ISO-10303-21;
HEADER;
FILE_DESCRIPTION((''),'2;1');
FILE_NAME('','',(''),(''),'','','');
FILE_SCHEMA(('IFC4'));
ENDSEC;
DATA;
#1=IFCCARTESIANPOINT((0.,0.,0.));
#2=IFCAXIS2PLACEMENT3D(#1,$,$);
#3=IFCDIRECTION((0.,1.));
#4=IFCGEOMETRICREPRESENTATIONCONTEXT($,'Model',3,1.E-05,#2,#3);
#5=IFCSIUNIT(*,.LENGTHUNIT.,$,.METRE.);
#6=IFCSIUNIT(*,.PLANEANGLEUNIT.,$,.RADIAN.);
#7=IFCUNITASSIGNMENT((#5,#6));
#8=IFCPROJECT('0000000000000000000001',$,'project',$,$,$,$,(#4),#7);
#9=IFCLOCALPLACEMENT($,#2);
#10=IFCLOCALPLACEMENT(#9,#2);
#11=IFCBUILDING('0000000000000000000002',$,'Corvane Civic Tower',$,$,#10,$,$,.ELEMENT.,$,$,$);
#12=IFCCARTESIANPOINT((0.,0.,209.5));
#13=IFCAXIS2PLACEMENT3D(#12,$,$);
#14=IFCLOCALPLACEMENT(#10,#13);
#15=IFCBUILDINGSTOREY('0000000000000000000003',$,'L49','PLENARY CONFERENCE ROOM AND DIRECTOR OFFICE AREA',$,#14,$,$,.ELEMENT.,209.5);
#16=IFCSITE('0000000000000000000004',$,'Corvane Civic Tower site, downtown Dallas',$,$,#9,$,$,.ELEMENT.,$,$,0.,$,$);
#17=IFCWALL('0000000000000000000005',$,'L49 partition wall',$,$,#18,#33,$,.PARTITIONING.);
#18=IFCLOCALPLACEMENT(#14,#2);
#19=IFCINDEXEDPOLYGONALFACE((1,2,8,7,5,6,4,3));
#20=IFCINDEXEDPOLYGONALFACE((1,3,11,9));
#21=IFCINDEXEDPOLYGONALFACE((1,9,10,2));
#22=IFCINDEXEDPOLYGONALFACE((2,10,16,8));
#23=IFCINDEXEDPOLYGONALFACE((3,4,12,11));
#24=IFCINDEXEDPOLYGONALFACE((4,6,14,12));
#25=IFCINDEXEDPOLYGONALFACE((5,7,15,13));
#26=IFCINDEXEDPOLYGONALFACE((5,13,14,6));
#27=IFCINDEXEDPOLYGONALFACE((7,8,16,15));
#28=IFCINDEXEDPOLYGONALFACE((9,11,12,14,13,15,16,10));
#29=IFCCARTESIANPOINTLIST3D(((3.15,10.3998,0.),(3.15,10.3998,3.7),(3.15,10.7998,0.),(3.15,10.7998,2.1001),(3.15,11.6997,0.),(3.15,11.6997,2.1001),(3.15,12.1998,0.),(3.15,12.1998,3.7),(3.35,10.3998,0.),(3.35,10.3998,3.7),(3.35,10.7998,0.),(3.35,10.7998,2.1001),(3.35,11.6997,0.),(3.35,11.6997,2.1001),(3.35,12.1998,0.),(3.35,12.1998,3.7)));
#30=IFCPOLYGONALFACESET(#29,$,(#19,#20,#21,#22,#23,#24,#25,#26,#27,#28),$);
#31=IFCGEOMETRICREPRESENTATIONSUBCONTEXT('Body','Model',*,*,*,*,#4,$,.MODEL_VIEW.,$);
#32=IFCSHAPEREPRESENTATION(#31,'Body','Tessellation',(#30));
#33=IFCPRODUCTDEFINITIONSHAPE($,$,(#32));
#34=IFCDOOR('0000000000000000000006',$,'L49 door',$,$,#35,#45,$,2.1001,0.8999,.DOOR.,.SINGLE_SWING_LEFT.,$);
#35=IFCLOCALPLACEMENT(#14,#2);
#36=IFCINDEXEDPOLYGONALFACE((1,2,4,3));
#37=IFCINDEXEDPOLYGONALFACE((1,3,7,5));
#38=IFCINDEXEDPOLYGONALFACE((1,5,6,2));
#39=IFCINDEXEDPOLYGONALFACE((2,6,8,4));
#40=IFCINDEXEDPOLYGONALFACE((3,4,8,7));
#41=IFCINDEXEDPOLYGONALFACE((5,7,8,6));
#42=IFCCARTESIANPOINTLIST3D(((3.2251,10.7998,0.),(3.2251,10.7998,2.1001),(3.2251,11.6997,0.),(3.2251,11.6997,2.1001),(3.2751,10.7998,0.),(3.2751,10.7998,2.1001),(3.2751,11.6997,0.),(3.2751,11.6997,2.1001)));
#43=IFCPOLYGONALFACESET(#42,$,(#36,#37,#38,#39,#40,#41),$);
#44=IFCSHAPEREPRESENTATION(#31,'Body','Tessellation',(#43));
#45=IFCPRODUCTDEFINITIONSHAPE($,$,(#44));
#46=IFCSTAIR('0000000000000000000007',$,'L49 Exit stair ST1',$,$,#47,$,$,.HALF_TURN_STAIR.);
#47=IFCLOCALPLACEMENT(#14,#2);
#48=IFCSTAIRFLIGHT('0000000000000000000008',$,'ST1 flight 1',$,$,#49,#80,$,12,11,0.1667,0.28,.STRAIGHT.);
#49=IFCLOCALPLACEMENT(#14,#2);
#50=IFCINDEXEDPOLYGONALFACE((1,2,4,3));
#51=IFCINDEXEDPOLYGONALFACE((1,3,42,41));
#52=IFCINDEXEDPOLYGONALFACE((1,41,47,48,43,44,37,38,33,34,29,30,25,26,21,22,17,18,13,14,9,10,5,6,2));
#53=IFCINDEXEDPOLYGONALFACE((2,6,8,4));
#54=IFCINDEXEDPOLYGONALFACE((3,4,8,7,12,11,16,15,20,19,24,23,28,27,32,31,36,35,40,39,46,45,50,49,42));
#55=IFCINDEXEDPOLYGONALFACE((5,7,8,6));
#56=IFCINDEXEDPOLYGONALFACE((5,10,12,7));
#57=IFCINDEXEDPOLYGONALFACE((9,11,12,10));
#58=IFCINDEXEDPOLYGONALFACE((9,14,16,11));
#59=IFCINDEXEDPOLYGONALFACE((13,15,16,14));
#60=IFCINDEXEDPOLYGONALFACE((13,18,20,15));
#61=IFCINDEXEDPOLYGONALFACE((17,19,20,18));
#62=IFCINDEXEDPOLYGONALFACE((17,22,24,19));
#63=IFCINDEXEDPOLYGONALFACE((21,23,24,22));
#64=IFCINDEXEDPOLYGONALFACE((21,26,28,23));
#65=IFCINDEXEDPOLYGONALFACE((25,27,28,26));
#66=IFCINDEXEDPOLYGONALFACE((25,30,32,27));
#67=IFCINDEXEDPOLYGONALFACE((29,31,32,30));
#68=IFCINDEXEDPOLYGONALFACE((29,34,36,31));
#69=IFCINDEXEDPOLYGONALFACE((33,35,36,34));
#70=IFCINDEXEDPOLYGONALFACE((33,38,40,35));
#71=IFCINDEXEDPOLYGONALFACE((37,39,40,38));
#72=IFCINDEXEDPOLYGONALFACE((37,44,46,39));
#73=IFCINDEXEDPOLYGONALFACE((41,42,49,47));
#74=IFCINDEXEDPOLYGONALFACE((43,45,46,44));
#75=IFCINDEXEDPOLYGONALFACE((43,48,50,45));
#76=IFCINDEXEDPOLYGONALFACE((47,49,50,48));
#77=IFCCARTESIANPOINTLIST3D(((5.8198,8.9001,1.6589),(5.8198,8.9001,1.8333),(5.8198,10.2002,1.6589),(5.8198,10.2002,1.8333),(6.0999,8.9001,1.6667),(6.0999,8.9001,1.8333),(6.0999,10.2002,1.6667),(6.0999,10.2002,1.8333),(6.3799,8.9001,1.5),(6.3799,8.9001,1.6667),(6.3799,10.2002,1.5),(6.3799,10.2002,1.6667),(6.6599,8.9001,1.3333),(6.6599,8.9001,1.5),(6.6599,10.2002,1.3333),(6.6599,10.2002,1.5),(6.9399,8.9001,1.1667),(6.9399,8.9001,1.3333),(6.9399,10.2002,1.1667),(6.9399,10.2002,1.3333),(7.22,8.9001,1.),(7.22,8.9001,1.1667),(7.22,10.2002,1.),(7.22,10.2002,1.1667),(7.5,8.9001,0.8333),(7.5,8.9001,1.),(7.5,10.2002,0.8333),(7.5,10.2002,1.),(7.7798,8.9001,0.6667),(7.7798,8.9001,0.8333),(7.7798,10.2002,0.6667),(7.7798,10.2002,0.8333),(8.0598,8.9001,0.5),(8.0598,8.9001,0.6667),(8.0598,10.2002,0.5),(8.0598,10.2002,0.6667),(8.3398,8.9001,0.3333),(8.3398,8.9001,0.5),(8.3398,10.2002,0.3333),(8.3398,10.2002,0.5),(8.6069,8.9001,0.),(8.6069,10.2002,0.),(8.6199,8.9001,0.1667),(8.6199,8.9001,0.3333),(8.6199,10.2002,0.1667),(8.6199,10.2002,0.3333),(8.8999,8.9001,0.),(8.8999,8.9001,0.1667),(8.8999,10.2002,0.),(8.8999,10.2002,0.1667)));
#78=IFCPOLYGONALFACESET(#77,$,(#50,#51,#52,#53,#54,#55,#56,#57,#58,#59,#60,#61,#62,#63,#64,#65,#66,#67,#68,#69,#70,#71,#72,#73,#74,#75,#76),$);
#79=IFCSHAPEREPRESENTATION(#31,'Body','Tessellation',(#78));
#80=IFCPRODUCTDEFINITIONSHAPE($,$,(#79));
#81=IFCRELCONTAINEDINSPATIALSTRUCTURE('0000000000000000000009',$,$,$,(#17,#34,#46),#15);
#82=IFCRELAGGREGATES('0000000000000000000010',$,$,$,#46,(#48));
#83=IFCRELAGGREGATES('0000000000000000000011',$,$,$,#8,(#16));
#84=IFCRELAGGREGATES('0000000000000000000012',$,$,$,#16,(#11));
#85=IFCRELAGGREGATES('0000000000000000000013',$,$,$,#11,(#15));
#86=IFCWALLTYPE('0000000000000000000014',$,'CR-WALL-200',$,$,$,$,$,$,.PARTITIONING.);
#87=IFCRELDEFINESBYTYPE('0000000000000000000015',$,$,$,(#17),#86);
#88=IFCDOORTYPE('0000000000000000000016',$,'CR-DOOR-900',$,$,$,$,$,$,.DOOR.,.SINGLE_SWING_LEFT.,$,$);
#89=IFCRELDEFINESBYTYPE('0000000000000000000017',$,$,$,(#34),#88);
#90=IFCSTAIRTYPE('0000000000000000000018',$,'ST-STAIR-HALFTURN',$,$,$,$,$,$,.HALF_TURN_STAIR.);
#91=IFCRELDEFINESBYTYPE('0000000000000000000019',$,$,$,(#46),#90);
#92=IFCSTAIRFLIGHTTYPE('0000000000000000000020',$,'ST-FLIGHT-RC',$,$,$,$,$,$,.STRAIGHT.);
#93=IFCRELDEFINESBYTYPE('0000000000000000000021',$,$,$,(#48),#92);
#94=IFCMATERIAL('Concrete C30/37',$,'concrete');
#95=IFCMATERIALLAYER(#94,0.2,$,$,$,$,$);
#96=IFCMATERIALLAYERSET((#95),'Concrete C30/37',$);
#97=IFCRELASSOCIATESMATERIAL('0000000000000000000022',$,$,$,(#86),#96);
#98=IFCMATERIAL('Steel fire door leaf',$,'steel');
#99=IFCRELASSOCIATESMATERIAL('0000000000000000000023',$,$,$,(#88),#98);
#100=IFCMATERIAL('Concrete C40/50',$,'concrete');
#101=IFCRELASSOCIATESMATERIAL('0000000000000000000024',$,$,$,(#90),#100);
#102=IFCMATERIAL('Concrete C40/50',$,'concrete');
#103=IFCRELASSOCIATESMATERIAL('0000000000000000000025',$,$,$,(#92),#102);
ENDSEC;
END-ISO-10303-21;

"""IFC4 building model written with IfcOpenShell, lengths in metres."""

from ifc_helpers import new_model, si_unit, direction, frame, frame_2d, origin, place, context, subcontext, project, spatial, polyline, rectangle, outline, extrude, material, layer, layer_set, type_object, element, fill, aggregate, save


model = new_model("IFC4")

# Units and contexts
model_context = context("Model", 3, precision=1e-05, world=origin(), true_north=direction((0.0, 1.0)))
body_context = subcontext(model_context, "Body", "Model", "MODEL_VIEW")
ifc_project = project(units=[si_unit("LENGTHUNIT", "METRE"), si_unit("PLANEANGLEUNIT", "RADIAN")], contexts=[model_context])

# Site, building, storey
site_placement = place(None, origin())
site = spatial("IfcSite", under=ifc_project, at=site_placement, Name="Corvane Civic Tower site, downtown Dallas", CompositionType="ELEMENT", RefElevation=0.0)
building_placement = place(site_placement, origin())
building = spatial("IfcBuilding", under=site, at=building_placement, Name="Corvane Civic Tower", CompositionType="ELEMENT")
storey_placement = place(building_placement, frame((0.0, 0.0, 209.5)))
storey = spatial("IfcBuildingStorey", under=building, at=storey_placement, Name="L49", Description="PLENARY CONFERENCE ROOM AND DIRECTOR OFFICE AREA", CompositionType="ELEMENT", Elevation=209.5)

# Wall, opening, door
ifc_material_1 = material(Name="Concrete C30/37", Category="concrete")
ifc_layer_1 = layer(ifc_material_1, 0.2)
ifc_layer_set_1 = layer_set([ifc_layer_1], Name="Concrete C30/37")
wall_type = type_object("IfcWallType", Name="CR-WALL-200", PredefinedType="PARTITIONING", material=ifc_layer_set_1)
ifc_material_2 = material(Name="Steel fire door leaf", Category="steel")
door_type = type_object("IfcDoorType", Name="CR-DOOR-900", OperationType="SINGLE_SWING_LEFT", PredefinedType="DOOR", material=ifc_material_2)
wall_1_placement = place(storey_placement, frame((3.25, 10.3999, 0.0), z_axis=(0.0, 0.0, 1.0), x_axis=(0.0, 1.0, 0.0)))
wall_1 = element("IfcWall", 1, at=wall_1_placement, inside=storey, type_object=wall_type, Name="L49 partition wall", PredefinedType="PARTITIONING", context=body_context, shape_type="SweptSolid", body=[
    extrude(rectangle(XDim=1.8, YDim=0.2, at=frame_2d((0.8999, 0.0))), origin(), (0.0, 0.0, 1.0), 3.7),
])
opening_1_placement = place(wall_1_placement, frame((0.3999, 0.0, 0.0)))
opening_1 = element("IfcOpeningElement", 2, at=opening_1_placement, cuts=wall_1, PredefinedType="OPENING", context=body_context, shape_type="SweptSolid", body=[
    extrude(rectangle(XDim=0.8999, YDim=2.1001, at=frame_2d((0.45, 1.05))), frame((0.0, 0.1099, 0.0), z_axis=(0.0, -1.0, 0.0), x_axis=(1.0, 0.0, 0.0)), (0.0, 0.0, 1.0), 0.22),
])
door_1_placement = place(opening_1_placement, origin())
door_1 = element("IfcDoor", 3, at=door_1_placement, inside=storey, type_object=door_type, Name="L49 door", OperationType="SINGLE_SWING_LEFT", OverallHeight=2.1001, OverallWidth=0.8999, PredefinedType="DOOR", context=body_context, shape_type="SweptSolid", body=[
    extrude(rectangle(XDim=0.8999, YDim=2.1001, at=frame_2d((0.45, 1.05))), frame((0.0, 0.0249, 0.0), z_axis=(0.0, -1.0, 0.0), x_axis=(1.0, 0.0, 0.0)), (0.0, 0.0, 1.0), 0.05),
])
fill(opening_1, door_1)

# Stair, stair flight
ifc_material_3 = material(Name="Concrete C40/50", Category="concrete")
stair_type = type_object("IfcStairType", Name="ST-STAIR-HALFTURN", PredefinedType="HALF_TURN_STAIR", material=ifc_material_3)
stair_placement = place(storey_placement, origin())
stair = element("IfcStair", 4, at=stair_placement, inside=storey, type_object=stair_type, Name="L49 Exit stair ST1", PredefinedType="HALF_TURN_STAIR")
ifc_material_4 = material(Name="Concrete C40/50", Category="concrete")
stair_flight_type = type_object("IfcStairFlightType", Name="ST-FLIGHT-RC", PredefinedType="STRAIGHT", material=ifc_material_4)
stair_flight_placement = place(storey_placement, frame((8.8999, 9.55, 0.0), z_axis=(0.0, 0.0, 1.0), x_axis=(-1.0, 0.0, 0.0)))
stair_flight = element("IfcStairFlight", 5, at=stair_flight_placement, type_object=stair_flight_type, Name="ST1 flight 1", NumberOfRisers=12, NumberOfTreads=11, PredefinedType="STRAIGHT", RiserHeight=0.1667, TreadLength=0.28, context=body_context, shape_type="SweptSolid", body=[
    extrude(outline(polyline([(0.0, 0.0), (0.0, 0.1667), (0.28, 0.1667), (0.28, 0.3333), (0.5601, 0.3333), (0.5601, 0.5), (0.8401, 0.5), (0.8401, 0.6667), (1.1201, 0.6667), (1.1201, 0.8333), (1.3999, 0.8333), (1.3999, 1.0), (1.6799, 1.0), (1.6799, 1.1667), (1.96, 1.1667), (1.96, 1.3333), (2.24, 1.3333), (2.24, 1.5), (2.52, 1.5), (2.52, 1.6667), (2.8, 1.6667), (2.8, 1.8333), (3.0801, 1.8333), (3.0801, 2.0), (3.0801, 1.6589), (0.293, 0.0), (0.0, 0.0)])), frame((0.0, 0.6499, 0.0), z_axis=(0.0, -1.0, 0.0), x_axis=(1.0, 0.0, 0.0)), (0.0, 0.0, 1.0), 1.3),
])
aggregate(stair, [stair_flight])

save(model, "model.ifc")
